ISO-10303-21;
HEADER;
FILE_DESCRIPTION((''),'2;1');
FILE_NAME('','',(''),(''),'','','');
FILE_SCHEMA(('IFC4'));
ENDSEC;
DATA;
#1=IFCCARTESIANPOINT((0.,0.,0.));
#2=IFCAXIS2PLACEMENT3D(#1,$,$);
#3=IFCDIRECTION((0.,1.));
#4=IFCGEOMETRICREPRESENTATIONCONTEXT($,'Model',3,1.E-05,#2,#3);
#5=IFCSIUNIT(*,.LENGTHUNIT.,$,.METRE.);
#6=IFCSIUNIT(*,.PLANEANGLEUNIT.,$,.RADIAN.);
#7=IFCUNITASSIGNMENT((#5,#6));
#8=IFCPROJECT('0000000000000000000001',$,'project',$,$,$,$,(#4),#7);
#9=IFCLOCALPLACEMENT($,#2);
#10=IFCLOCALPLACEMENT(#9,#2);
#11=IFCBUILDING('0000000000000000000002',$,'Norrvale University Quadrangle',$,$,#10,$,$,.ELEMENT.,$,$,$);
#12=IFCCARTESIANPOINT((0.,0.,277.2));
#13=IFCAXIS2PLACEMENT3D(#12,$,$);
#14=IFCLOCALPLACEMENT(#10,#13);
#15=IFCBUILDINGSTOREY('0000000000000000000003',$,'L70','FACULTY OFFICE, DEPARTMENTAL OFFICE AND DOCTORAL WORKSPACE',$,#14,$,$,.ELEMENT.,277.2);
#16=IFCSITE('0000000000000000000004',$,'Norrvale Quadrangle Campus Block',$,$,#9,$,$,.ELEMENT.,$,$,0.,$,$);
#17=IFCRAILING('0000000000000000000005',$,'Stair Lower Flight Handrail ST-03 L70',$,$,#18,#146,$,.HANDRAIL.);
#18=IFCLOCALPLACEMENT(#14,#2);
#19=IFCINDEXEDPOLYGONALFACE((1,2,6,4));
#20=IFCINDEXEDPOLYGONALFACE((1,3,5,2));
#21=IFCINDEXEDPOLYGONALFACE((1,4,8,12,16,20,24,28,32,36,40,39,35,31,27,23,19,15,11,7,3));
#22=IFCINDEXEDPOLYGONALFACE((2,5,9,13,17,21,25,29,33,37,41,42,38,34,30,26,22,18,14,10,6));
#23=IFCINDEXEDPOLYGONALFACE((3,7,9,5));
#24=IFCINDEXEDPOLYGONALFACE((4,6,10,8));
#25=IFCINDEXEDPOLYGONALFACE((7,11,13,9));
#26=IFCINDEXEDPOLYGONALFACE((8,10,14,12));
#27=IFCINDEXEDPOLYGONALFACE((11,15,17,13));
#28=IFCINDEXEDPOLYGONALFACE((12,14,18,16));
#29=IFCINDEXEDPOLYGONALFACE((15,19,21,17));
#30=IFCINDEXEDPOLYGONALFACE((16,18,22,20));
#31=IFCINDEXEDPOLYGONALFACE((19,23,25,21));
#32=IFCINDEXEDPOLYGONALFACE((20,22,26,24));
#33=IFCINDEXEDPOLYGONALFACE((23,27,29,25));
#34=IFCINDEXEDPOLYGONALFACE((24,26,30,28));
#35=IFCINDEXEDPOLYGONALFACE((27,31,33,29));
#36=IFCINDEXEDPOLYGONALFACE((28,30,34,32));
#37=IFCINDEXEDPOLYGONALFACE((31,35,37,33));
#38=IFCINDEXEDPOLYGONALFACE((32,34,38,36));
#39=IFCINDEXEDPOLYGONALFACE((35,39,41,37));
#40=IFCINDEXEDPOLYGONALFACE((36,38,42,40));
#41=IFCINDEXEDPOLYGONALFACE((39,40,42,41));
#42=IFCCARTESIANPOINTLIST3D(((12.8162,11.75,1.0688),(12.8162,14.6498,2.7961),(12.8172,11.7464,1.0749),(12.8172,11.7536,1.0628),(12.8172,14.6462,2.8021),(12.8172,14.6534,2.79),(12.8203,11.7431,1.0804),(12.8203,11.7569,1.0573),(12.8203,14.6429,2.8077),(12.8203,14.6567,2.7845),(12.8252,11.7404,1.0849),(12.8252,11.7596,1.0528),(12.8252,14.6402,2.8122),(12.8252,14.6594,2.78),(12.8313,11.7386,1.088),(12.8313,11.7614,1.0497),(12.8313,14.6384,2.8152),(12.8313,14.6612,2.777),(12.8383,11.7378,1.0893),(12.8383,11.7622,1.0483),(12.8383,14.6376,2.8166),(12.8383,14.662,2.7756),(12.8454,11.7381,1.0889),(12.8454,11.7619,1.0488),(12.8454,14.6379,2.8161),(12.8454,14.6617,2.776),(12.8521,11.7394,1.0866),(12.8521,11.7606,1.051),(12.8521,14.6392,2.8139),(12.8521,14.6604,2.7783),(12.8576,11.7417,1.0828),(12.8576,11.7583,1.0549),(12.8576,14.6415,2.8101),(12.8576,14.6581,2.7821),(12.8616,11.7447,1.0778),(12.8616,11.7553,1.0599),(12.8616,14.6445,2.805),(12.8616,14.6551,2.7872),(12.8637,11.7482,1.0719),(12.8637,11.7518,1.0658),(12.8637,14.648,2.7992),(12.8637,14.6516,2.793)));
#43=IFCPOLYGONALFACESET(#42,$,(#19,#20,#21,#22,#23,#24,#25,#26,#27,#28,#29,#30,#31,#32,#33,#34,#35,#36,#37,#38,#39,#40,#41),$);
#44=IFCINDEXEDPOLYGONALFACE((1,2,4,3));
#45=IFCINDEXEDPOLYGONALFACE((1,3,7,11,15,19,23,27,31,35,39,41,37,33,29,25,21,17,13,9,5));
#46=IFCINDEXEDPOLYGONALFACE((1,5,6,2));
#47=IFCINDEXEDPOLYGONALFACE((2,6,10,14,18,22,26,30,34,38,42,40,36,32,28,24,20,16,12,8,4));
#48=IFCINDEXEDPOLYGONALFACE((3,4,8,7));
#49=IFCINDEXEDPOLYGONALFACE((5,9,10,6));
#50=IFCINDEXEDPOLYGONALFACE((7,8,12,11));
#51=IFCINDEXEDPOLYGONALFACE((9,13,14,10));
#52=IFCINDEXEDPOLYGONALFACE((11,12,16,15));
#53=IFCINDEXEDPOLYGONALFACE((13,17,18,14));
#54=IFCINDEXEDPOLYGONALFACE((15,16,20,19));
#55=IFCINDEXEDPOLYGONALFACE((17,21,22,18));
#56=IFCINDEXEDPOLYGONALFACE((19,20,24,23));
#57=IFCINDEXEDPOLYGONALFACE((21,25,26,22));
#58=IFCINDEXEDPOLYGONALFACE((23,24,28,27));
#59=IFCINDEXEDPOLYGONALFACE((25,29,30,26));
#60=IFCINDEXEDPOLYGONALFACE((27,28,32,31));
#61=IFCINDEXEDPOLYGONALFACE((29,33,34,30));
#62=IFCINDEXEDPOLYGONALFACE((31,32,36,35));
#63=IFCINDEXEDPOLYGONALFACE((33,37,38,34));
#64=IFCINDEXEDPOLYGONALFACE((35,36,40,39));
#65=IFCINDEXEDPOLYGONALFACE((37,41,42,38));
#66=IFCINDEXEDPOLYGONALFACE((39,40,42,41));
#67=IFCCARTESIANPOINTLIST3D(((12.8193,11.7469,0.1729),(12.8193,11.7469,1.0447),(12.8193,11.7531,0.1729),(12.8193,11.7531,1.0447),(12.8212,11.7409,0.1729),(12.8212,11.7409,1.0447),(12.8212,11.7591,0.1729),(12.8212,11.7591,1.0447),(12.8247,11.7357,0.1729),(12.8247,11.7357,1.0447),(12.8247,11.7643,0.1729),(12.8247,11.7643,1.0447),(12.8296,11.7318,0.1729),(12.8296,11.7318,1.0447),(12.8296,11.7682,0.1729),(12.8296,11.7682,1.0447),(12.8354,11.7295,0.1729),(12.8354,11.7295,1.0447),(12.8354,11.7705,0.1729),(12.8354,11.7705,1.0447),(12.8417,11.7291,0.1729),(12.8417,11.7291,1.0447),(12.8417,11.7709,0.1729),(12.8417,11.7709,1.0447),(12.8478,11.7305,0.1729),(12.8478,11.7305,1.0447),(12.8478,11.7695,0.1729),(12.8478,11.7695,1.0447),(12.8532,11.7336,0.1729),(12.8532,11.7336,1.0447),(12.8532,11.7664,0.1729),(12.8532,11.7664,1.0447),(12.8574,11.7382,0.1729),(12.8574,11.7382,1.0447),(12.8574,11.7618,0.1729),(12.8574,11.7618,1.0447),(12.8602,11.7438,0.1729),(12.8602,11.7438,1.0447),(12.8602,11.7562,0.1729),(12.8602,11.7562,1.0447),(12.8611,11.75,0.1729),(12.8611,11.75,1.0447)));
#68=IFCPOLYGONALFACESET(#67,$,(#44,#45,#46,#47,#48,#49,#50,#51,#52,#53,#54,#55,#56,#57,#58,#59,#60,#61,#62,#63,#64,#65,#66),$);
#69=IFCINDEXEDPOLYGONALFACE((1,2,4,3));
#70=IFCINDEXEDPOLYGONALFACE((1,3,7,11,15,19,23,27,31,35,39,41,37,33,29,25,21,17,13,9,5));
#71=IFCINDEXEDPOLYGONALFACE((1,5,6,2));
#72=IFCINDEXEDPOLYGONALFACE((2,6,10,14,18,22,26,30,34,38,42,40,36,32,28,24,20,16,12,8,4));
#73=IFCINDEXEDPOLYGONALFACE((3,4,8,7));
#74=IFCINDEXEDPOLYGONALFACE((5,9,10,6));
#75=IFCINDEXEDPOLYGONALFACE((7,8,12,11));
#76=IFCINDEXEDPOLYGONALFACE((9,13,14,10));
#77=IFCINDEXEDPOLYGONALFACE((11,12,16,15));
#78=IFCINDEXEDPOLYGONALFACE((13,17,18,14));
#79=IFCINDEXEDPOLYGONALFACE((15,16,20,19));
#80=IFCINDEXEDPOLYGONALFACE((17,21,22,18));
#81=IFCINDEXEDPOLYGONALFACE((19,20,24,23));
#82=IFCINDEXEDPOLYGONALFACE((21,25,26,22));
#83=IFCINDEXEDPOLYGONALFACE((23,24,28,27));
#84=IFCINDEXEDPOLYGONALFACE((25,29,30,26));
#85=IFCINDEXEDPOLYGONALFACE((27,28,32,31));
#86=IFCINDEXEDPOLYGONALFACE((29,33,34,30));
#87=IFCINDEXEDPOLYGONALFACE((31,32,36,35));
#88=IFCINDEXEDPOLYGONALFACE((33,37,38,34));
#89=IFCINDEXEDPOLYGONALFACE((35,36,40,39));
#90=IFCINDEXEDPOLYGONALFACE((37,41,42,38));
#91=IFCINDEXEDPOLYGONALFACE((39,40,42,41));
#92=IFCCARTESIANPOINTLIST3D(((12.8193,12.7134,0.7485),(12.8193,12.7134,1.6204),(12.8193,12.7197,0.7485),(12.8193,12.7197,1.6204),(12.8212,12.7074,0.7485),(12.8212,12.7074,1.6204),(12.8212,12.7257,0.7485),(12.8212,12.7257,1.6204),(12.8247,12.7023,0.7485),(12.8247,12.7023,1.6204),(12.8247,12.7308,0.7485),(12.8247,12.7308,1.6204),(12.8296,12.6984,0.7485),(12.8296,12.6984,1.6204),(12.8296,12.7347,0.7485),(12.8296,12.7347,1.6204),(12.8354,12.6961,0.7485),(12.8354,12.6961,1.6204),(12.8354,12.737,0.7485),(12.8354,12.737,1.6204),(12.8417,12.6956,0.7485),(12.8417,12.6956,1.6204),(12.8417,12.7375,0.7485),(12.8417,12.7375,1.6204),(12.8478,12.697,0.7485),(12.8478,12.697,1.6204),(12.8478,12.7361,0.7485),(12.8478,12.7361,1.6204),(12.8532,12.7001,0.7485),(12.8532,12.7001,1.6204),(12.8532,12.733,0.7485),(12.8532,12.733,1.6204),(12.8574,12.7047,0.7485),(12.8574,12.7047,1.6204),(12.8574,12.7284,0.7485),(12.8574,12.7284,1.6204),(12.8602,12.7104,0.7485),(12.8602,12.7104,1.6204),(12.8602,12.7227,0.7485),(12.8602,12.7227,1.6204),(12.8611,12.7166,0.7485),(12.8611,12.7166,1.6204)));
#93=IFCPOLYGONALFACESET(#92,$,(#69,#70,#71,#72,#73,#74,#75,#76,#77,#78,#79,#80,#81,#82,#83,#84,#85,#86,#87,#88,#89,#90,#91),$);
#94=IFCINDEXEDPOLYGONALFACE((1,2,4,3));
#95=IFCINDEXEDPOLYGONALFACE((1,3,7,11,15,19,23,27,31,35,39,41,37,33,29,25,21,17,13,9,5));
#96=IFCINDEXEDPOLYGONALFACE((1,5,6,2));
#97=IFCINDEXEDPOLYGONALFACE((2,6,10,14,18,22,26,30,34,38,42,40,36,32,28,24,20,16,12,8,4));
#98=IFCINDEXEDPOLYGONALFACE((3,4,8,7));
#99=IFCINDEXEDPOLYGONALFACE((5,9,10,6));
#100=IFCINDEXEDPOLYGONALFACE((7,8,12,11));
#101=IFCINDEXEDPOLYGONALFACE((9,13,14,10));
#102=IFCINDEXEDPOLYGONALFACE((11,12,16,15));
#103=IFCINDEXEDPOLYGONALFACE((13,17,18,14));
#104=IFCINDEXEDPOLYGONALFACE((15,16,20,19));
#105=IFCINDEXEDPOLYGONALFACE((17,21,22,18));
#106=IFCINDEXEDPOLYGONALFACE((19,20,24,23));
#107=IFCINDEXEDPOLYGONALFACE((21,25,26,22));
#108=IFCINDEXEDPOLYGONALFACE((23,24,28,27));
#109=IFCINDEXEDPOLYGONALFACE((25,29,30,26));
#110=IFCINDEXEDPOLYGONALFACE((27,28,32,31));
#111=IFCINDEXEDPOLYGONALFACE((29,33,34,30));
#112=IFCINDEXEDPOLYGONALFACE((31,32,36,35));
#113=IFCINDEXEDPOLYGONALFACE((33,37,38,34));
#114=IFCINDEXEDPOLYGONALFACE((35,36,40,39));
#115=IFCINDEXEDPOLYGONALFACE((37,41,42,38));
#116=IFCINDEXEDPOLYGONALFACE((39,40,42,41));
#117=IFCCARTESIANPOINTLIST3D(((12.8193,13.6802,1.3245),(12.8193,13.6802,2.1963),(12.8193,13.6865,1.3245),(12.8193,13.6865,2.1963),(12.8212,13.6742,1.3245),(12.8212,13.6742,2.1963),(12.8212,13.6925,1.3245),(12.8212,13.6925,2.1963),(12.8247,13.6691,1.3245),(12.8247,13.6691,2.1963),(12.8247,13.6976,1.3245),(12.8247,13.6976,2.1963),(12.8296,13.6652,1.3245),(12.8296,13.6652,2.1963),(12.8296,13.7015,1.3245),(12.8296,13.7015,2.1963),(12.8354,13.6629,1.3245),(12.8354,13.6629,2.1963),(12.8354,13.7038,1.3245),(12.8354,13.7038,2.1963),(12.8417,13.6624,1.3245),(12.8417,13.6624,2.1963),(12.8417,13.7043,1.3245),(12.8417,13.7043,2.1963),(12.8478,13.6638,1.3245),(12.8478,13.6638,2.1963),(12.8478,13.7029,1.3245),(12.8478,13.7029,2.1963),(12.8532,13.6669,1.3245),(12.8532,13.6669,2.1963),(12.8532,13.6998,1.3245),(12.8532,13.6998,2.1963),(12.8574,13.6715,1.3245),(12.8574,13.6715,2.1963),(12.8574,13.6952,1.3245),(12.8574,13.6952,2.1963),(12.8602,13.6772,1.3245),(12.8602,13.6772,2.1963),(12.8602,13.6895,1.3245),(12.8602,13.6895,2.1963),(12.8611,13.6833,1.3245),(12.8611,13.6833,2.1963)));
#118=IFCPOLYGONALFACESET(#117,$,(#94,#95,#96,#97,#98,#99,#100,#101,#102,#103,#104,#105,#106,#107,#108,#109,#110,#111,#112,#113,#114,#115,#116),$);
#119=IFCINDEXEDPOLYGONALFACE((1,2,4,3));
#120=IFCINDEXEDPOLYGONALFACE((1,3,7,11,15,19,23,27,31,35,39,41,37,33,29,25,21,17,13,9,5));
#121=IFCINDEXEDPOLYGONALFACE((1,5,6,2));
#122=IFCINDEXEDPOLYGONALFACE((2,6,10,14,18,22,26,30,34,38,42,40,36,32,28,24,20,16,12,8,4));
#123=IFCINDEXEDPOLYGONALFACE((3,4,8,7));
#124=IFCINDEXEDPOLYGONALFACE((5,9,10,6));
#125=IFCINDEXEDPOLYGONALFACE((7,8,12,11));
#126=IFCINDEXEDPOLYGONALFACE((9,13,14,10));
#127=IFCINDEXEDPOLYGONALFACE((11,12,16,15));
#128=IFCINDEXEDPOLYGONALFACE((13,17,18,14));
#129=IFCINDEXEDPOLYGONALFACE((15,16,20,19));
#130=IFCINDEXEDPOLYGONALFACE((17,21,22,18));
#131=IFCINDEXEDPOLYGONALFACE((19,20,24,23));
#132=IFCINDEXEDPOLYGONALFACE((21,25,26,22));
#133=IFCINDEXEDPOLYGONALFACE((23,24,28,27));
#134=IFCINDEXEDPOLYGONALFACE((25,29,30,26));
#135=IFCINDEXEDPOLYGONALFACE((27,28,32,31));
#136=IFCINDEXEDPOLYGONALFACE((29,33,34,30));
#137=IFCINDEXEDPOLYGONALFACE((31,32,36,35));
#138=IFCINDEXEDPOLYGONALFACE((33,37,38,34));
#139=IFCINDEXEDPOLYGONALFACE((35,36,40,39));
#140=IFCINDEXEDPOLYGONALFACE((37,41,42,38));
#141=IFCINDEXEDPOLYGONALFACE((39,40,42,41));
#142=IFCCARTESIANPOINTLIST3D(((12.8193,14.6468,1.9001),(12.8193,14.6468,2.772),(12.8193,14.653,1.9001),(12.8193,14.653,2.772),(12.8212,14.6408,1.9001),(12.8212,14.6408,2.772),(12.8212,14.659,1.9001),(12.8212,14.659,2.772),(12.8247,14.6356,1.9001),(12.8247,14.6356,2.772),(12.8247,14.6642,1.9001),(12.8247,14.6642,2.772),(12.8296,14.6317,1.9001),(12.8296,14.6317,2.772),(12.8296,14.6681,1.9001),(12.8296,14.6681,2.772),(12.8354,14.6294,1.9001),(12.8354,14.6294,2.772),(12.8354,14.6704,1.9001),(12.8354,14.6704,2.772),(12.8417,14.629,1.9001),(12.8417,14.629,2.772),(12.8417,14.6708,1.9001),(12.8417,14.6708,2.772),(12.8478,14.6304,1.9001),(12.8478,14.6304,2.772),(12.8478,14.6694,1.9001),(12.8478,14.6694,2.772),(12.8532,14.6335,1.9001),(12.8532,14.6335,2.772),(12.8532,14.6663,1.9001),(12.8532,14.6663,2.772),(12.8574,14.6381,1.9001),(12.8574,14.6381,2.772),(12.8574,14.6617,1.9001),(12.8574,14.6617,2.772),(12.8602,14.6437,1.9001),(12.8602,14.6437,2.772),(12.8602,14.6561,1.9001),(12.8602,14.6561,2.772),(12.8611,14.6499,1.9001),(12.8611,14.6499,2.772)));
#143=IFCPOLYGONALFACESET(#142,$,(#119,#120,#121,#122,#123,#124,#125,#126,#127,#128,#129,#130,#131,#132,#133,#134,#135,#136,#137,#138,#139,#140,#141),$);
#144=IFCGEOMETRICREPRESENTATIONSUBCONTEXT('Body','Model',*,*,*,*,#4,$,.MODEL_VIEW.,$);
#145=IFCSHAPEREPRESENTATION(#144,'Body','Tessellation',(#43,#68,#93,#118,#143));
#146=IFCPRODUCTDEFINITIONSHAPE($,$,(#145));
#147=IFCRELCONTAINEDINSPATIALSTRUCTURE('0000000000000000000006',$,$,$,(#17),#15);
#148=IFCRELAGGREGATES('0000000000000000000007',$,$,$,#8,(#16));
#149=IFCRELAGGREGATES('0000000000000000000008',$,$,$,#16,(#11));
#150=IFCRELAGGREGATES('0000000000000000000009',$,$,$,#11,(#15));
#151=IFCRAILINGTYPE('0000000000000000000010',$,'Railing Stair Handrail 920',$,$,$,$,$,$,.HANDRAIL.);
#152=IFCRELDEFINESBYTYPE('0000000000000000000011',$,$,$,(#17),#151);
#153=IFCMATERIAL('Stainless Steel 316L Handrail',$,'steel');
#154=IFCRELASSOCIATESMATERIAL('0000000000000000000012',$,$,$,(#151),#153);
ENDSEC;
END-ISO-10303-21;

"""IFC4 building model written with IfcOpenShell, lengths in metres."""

from ifc_helpers import new_model, si_unit, direction, frame, origin, origin_2d, place, context, subcontext, project, spatial, circle, extrude, material, type_object, element, save


model = new_model("IFC4")

# Units and contexts
model_context = context("Model", 3, precision=1e-05, world=origin(), true_north=direction((0.0, 1.0)))
body_context = subcontext(model_context, "Body", "Model", "MODEL_VIEW")
ifc_project = project(units=[si_unit("LENGTHUNIT", "METRE"), si_unit("PLANEANGLEUNIT", "RADIAN")], contexts=[model_context])

# Site, building, storey
site_placement = place(None, origin())
site = spatial("IfcSite", under=ifc_project, at=site_placement, Name="Norrvale Quadrangle Campus Block", CompositionType="ELEMENT", RefElevation=0.0)
building_placement = place(site_placement, origin())
building = spatial("IfcBuilding", under=site, at=building_placement, Name="Norrvale University Quadrangle", CompositionType="ELEMENT")
storey_placement = place(building_placement, frame((0.0, 0.0, 277.2)))
storey = spatial("IfcBuildingStorey", under=building, at=storey_placement, Name="L70", Description="FACULTY OFFICE, DEPARTMENTAL OFFICE AND DOCTORAL WORKSPACE", CompositionType="ELEMENT", Elevation=277.2)

# Railing
ifc_material_1 = material(Name="Stainless Steel 316L Handrail", Category="steel")
railing_type_1 = type_object("IfcRailingType", Name="Railing Stair Handrail 920", PredefinedType="HANDRAIL", material=ifc_material_1)
railing_1_placement = place(storey_placement, frame((12.8401, 11.75, 0.1729)))
element("IfcRailing", 1, at=railing_1_placement, inside=storey, type_object=railing_type_1, Name="Stair Lower Flight Handrail ST-03 L70", PredefinedType="HANDRAIL", context=body_context, shape_type="SweptSolid", body=[
    extrude(circle(Radius=0.0239, at=origin_2d()), frame((0.0, 0.0, 0.896), z_axis=(0.0, 0.859141, 0.511738), x_axis=(-1.0, 0.0, 0.0)), (0.0, 0.0, 1.0), 3.3752),
    extrude(circle(Radius=0.021, at=origin_2d()), origin(), (0.0, 0.0, 1.0), 0.8718),
    extrude(circle(Radius=0.021, at=origin_2d()), frame((0.0, 0.9666, 0.5757)), (0.0, 0.0, 1.0), 0.8718),
    extrude(circle(Radius=0.021, at=origin_2d()), frame((0.0, 1.9333, 1.1516)), (0.0, 0.0, 1.0), 0.8718),
    extrude(circle(Radius=0.021, at=origin_2d()), frame((0.0, 2.8999, 1.7273)), (0.0, 0.0, 1.0), 0.8718),
])

save(model, "model.ifc")
